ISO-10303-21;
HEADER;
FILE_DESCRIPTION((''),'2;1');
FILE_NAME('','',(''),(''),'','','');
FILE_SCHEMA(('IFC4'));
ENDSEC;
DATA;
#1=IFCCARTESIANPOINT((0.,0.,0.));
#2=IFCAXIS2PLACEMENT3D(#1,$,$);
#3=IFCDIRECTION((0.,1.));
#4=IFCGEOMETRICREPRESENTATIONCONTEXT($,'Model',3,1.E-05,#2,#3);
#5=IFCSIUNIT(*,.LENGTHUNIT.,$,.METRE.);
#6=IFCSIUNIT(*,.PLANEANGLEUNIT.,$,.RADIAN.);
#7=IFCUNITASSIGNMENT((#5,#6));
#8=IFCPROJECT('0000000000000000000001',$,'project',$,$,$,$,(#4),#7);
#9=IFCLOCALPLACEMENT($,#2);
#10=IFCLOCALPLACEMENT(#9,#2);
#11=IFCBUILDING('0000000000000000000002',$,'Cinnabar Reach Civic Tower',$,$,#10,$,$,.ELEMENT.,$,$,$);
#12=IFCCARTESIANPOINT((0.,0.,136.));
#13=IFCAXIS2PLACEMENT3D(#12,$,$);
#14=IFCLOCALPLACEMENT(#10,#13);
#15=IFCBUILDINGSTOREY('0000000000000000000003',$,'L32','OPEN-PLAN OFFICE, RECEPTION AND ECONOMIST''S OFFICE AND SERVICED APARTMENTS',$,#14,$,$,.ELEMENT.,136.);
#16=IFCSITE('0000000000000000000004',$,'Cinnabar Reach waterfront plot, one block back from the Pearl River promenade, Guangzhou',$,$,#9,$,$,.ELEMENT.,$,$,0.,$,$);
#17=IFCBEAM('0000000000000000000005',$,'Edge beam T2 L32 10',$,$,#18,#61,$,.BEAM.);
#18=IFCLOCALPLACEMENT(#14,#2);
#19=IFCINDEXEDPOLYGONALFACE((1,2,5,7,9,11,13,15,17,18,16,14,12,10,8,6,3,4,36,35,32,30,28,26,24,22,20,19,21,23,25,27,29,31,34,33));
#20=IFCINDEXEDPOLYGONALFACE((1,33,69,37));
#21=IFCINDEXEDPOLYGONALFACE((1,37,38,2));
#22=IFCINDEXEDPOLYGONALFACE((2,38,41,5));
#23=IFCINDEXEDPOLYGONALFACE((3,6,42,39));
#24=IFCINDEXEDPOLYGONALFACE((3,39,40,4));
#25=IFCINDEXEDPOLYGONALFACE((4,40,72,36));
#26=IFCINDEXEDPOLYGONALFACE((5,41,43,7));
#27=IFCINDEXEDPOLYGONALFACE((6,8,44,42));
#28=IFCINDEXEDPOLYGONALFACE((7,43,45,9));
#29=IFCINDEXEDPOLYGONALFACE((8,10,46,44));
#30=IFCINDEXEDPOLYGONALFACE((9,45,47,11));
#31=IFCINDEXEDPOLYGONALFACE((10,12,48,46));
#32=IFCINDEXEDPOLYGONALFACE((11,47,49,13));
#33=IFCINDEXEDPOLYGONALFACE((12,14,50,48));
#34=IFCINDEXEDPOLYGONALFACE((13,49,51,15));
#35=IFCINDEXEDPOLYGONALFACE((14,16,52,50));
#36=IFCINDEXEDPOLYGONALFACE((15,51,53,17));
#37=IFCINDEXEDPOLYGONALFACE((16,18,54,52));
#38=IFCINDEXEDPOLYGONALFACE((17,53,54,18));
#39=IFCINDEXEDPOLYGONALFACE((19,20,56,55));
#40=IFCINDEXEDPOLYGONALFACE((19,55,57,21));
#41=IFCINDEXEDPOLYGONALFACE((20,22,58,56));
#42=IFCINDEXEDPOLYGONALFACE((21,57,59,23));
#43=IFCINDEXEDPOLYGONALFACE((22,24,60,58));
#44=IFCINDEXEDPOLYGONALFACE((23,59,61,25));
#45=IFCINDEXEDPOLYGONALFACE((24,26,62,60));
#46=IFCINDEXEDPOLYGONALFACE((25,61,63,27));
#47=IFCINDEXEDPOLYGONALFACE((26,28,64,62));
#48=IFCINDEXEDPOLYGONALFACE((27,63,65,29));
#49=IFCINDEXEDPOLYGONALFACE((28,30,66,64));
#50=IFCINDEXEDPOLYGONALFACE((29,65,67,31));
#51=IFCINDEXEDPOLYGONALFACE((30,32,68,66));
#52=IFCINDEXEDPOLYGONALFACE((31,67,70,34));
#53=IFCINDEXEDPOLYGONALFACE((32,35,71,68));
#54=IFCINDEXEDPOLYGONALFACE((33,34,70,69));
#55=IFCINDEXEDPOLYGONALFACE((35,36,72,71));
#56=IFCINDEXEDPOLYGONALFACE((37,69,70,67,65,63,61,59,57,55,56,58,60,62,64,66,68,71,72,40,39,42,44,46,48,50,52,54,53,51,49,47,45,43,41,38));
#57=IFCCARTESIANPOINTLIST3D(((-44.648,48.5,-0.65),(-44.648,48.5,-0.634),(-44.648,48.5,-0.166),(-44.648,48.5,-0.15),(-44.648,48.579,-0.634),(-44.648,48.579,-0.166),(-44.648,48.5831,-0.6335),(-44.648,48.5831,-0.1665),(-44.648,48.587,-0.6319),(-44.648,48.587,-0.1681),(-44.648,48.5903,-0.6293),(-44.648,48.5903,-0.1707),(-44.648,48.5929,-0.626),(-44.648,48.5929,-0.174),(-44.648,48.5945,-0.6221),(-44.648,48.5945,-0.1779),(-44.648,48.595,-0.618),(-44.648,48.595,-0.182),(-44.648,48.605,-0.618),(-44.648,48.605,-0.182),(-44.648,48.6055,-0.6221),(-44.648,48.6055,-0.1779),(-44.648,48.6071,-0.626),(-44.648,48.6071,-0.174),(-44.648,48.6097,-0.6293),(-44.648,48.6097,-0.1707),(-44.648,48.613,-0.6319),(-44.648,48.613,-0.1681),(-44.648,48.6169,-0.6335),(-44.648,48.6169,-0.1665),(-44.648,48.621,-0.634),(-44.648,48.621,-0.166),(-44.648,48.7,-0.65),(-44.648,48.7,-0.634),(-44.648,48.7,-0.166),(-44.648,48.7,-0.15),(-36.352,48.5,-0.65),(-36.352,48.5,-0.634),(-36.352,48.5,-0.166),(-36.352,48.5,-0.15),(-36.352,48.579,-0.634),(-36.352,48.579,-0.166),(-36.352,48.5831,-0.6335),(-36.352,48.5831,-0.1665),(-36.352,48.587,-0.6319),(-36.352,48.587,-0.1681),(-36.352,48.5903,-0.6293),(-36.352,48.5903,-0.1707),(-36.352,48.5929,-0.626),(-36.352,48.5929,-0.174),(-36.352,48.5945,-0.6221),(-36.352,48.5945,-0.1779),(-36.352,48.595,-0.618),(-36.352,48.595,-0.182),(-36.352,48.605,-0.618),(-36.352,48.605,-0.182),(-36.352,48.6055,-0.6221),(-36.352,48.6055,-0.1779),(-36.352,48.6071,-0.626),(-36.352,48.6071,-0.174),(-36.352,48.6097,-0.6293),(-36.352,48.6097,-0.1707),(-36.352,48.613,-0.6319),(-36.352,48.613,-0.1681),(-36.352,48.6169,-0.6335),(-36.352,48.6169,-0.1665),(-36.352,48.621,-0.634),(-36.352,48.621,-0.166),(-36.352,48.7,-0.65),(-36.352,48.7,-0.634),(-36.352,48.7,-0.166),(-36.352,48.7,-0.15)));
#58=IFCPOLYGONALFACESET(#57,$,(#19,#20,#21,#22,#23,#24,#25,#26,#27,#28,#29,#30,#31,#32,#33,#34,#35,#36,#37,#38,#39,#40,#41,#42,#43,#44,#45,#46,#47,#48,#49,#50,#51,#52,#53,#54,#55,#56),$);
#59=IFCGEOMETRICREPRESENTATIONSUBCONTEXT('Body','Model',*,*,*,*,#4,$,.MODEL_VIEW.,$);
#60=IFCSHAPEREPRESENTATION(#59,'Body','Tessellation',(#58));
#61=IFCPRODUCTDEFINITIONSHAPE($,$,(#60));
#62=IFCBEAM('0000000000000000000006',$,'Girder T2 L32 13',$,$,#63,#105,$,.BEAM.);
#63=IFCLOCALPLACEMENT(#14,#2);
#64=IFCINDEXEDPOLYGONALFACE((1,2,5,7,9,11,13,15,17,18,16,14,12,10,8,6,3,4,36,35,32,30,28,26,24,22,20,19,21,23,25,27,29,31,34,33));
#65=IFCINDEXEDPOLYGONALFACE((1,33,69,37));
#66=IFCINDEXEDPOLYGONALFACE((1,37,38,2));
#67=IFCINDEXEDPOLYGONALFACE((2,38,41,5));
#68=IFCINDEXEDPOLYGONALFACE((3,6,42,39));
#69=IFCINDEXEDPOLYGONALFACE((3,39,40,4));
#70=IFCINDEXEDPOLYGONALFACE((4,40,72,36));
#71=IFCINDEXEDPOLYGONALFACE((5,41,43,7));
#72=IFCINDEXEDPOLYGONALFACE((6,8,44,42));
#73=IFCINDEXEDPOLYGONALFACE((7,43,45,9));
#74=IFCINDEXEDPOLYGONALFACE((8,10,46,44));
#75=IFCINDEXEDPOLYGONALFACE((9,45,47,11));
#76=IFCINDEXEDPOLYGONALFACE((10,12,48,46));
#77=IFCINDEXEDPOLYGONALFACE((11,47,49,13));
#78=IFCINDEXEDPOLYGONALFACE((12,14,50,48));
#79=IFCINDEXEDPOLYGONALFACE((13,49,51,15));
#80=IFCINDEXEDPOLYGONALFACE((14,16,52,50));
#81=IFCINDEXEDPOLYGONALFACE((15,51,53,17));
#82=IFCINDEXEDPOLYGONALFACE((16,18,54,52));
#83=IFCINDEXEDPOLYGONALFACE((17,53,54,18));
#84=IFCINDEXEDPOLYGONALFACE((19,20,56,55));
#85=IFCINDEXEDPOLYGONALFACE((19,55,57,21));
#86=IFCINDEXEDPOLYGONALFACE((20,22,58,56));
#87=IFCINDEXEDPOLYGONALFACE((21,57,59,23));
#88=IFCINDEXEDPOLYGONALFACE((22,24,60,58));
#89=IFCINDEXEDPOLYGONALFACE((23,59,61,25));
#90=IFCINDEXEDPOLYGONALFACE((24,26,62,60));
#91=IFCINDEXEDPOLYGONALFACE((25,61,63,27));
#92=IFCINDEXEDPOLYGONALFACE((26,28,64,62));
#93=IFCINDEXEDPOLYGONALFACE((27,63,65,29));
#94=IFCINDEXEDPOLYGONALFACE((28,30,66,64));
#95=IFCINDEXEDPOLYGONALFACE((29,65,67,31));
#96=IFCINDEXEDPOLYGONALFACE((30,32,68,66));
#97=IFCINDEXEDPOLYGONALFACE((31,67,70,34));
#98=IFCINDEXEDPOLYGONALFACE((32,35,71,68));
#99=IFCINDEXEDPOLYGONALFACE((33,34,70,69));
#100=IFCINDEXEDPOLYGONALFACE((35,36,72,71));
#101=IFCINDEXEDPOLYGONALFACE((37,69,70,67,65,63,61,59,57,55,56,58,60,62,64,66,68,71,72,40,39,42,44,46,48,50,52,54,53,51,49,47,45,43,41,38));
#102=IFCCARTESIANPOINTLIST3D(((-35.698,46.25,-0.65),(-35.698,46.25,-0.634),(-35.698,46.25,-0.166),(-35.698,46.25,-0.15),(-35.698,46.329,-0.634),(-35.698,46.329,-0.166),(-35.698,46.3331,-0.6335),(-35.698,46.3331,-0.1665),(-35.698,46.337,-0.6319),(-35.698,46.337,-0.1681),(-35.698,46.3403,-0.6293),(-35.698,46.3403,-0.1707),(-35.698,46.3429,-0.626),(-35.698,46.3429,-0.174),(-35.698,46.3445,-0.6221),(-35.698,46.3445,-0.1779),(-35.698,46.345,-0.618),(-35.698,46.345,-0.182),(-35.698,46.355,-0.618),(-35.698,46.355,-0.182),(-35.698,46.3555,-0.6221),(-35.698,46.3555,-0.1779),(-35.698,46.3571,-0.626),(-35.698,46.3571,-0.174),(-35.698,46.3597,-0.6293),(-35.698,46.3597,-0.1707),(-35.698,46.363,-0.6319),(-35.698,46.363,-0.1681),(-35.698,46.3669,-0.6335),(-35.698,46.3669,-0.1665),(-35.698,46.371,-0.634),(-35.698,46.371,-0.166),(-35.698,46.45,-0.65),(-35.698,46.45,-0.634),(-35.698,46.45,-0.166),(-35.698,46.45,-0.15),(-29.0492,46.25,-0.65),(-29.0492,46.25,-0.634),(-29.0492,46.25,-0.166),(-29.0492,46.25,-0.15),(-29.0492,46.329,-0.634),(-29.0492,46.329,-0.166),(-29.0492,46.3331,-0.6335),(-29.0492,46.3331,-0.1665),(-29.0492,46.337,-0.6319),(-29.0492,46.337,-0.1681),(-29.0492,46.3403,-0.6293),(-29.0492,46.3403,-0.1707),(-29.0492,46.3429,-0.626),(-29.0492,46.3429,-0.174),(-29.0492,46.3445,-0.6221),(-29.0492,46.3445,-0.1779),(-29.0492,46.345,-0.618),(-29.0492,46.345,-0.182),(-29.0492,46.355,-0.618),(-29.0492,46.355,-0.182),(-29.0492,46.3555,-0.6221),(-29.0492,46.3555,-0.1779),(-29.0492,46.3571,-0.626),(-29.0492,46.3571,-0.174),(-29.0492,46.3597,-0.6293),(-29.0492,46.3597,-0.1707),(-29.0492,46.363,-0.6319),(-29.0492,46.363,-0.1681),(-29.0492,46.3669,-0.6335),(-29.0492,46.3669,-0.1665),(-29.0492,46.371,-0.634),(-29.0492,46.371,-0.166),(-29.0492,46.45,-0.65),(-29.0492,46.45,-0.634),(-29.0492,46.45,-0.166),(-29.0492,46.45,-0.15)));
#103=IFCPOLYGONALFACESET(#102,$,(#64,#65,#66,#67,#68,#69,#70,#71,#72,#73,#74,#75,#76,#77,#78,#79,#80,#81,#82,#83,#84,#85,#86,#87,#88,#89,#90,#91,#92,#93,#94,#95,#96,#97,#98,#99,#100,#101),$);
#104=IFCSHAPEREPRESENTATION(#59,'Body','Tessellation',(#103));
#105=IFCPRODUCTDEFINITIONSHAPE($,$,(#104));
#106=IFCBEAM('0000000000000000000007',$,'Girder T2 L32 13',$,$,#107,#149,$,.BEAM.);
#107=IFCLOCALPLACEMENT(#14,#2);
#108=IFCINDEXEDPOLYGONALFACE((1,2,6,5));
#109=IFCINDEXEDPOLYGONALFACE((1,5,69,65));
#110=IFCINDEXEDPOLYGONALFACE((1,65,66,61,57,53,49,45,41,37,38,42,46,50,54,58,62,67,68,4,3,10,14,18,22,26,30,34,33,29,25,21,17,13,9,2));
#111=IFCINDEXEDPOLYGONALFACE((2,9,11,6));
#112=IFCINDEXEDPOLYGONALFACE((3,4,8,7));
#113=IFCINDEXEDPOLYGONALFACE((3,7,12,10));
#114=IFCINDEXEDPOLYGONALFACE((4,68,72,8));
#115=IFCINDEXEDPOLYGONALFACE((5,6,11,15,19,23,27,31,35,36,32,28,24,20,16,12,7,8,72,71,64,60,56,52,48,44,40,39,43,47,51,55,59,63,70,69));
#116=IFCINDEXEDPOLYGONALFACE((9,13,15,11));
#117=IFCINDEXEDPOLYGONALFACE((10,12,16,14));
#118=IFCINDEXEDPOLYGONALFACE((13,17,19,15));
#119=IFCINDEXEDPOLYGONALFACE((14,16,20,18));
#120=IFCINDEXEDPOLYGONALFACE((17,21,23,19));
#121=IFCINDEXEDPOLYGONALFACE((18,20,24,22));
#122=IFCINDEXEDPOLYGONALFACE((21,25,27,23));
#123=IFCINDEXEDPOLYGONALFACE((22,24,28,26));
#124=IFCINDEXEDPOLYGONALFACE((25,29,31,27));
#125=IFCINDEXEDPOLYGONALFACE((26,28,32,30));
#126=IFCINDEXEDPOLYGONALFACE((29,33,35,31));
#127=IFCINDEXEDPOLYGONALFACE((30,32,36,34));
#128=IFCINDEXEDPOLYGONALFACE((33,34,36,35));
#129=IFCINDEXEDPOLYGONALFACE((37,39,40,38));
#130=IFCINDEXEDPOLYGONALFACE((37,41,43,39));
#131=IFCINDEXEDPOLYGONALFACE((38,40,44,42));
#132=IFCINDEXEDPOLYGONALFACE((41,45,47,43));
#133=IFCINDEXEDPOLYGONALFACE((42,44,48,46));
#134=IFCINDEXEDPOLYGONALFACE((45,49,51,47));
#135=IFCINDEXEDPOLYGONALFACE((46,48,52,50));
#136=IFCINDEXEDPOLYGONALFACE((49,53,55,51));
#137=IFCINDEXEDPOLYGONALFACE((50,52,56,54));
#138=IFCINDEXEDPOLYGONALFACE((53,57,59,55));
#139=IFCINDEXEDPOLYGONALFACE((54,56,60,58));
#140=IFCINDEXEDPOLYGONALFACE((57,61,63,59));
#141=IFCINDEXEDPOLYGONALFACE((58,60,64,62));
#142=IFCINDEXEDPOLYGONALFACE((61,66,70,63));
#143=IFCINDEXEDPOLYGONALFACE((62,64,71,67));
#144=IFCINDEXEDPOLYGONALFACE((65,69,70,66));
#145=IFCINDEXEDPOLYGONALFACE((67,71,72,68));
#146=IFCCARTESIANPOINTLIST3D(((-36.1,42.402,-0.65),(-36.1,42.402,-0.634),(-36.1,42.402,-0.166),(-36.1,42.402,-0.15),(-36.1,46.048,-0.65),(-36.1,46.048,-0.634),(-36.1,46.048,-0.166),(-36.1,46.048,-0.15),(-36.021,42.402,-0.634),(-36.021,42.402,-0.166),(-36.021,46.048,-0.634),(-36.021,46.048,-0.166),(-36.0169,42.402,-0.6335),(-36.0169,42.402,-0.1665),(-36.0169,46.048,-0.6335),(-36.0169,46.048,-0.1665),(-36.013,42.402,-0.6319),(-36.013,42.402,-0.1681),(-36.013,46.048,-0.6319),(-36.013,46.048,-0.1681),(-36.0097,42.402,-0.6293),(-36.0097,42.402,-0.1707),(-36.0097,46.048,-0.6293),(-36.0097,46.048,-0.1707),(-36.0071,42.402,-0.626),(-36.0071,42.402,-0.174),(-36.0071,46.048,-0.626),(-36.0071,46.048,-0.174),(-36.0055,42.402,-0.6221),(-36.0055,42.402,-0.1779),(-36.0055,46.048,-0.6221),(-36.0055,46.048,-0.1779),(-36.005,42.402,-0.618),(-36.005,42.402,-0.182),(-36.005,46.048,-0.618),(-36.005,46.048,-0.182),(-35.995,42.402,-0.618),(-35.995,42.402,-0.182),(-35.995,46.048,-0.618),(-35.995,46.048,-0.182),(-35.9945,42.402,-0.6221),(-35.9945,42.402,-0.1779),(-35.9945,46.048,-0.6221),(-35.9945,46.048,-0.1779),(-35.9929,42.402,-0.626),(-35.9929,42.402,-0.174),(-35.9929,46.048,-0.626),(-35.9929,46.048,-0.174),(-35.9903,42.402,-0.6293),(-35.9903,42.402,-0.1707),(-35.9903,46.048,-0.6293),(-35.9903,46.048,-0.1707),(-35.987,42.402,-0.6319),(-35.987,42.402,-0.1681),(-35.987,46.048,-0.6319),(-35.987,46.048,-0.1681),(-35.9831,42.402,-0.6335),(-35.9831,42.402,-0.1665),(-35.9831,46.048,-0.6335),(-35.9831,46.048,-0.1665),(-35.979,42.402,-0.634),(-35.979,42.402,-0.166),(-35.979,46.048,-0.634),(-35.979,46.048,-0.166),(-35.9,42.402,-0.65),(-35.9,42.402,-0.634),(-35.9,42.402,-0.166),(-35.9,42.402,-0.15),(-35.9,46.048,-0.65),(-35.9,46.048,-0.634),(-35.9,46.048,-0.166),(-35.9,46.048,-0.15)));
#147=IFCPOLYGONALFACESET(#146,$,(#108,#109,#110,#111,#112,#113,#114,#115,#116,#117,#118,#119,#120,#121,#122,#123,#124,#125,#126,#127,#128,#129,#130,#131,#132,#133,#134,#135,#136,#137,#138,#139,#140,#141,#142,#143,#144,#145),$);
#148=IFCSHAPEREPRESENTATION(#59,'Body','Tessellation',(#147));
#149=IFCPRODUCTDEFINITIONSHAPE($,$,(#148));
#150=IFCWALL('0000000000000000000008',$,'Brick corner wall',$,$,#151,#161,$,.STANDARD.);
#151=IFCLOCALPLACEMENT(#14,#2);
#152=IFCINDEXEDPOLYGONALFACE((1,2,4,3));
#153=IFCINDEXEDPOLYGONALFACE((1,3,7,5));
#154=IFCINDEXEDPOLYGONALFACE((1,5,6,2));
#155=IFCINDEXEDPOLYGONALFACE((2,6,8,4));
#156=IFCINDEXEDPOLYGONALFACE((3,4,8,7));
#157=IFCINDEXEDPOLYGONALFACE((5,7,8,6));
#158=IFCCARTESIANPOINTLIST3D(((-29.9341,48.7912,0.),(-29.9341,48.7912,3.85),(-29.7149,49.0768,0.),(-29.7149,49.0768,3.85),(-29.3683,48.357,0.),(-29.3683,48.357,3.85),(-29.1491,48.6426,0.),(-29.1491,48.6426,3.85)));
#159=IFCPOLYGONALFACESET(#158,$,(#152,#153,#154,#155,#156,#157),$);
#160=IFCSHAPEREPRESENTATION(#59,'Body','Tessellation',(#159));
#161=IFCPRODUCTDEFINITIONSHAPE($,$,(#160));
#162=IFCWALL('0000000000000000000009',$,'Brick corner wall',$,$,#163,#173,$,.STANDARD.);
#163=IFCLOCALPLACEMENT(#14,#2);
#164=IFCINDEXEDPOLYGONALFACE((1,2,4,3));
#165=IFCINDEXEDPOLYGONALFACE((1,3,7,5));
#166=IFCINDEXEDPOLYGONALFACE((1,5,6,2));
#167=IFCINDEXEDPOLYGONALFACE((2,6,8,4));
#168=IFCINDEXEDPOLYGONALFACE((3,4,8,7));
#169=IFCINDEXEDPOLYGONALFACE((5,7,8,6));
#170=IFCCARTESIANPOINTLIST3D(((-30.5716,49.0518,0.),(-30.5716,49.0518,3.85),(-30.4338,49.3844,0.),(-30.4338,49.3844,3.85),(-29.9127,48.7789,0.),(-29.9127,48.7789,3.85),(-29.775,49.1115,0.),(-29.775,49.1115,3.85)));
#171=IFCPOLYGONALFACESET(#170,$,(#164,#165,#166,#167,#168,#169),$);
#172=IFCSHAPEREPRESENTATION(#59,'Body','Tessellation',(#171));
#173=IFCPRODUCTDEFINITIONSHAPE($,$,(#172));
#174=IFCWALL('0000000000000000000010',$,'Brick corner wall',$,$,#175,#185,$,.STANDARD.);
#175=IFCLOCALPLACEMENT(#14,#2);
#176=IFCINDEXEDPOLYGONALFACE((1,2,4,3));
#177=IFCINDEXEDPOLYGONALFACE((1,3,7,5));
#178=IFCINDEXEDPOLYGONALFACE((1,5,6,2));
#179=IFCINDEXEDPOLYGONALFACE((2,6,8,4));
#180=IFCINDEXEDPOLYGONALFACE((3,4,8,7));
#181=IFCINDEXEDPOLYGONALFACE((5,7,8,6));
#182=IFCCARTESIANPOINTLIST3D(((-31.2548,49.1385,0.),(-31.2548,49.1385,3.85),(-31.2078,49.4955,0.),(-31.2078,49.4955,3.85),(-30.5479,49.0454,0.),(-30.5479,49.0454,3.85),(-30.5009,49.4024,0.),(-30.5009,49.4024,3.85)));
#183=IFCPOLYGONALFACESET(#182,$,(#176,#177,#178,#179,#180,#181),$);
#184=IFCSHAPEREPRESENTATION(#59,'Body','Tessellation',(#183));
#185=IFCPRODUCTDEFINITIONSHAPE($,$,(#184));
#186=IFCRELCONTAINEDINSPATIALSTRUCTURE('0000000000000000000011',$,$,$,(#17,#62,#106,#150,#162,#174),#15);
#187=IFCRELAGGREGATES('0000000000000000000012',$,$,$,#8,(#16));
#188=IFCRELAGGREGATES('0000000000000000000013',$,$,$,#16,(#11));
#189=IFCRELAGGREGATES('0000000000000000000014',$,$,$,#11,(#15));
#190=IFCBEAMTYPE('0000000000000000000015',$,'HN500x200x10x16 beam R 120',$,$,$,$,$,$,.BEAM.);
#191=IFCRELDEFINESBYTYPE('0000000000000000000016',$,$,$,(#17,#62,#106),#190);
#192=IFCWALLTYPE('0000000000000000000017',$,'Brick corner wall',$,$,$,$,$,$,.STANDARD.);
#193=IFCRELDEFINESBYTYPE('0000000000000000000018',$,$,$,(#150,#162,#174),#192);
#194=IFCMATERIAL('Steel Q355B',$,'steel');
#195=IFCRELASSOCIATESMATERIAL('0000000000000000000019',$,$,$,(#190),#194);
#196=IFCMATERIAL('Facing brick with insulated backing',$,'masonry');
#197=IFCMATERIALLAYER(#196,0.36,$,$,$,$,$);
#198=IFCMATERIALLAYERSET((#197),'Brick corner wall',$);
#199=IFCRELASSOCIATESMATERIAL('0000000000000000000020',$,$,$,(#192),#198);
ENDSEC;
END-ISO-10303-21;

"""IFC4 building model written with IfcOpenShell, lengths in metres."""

from ifc_helpers import new_model, si_unit, direction, frame, frame_2d, origin, origin_2d, place, context, subcontext, project, spatial, rectangle, i_section, extrude, material, layer, layer_set, material_profile, profile_set, type_object, element, save


model = new_model("IFC4")

# Units and contexts
model_context = context("Model", 3, precision=1e-05, world=origin(), true_north=direction((0.0, 1.0)))
body_context = subcontext(model_context, "Body", "Model", "MODEL_VIEW")
ifc_project = project(units=[si_unit("LENGTHUNIT", "METRE"), si_unit("PLANEANGLEUNIT", "RADIAN")], contexts=[model_context])

# Site, building, storey
site_placement = place(None, origin())
site = spatial("IfcSite", under=ifc_project, at=site_placement, Name="Cinnabar Reach waterfront plot, one block back from the Pearl River promenade, Guangzhou", CompositionType="ELEMENT", RefElevation=0.0)
building_placement = place(site_placement, origin())
building = spatial("IfcBuilding", under=site, at=building_placement, Name="Cinnabar Reach Civic Tower", CompositionType="ELEMENT")
storey_placement = place(building_placement, frame((0.0, 0.0, 136.0)))
storey = spatial("IfcBuildingStorey", under=building, at=storey_placement, Name="L32", Description="OPEN-PLAN OFFICE, RECEPTION AND ECONOMIST'S OFFICE AND SERVICED APARTMENTS", CompositionType="ELEMENT", Elevation=136.0)

# Beams
ifc_material_1 = material(Name="Steel Q355B", Category="steel")
ifc_material_profile_1 = material_profile(ifc_material_1, i_section(OverallWidth=0.2, OverallDepth=0.5, WebThickness=0.01, FlangeThickness=0.016, FilletRadius=0.016, at=origin_2d()), Name="HN500x200x10x16")
ifc_profile_set_1 = profile_set([ifc_material_profile_1], Name="Steel Q355B")
beam_type_1 = type_object("IfcBeamType", Name="HN500x200x10x16 beam R 120", PredefinedType="BEAM", material=ifc_profile_set_1)
beam_1_placement = place(storey_placement, frame((-36.352, 48.6, -0.4), z_axis=(-1.0, 0.0, 0.0), x_axis=(0.0, -1.0, 0.0)))
element("IfcBeam", 1, at=beam_1_placement, inside=storey, type_object=beam_type_1, Name="Edge beam T2 L32 10", PredefinedType="BEAM", context=body_context, shape_type="SweptSolid", body=[
    extrude(i_section(OverallWidth=0.2, OverallDepth=0.5, WebThickness=0.01, FlangeThickness=0.016, FilletRadius=0.016, at=origin_2d()), origin(), (0.0, 0.0, 1.0), 8.296),
])
beam_2_placement = place(storey_placement, frame((-35.698, 46.35, -0.4), z_axis=(1.0, 0.0, 0.0), x_axis=(0.0, 1.0, 0.0)))
element("IfcBeam", 2, at=beam_2_placement, inside=storey, type_object=beam_type_1, Name="Girder T2 L32 13", PredefinedType="BEAM", context=body_context, shape_type="SweptSolid", body=[
    extrude(i_section(OverallWidth=0.2, OverallDepth=0.5, WebThickness=0.01, FlangeThickness=0.016, FilletRadius=0.016, at=origin_2d()), origin(), (0.0, 0.0, 1.0), 6.6488),
])
beam_3_placement = place(storey_placement, frame((-36.0, 42.402, -0.4), z_axis=(0.0, 1.0, 0.0), x_axis=(-1.0, 0.0, 0.0)))
element("IfcBeam", 3, at=beam_3_placement, inside=storey, type_object=beam_type_1, Name="Girder T2 L32 13", PredefinedType="BEAM", context=body_context, shape_type="SweptSolid", body=[
    extrude(i_section(OverallWidth=0.2, OverallDepth=0.5, WebThickness=0.01, FlangeThickness=0.016, FilletRadius=0.016, at=origin_2d()), origin(), (0.0, 0.0, 1.0), 3.646),
])

# Walls
ifc_material_2 = material(Name="Facing brick with insulated backing", Category="masonry")
ifc_layer_1 = layer(ifc_material_2, 0.36)
ifc_layer_set_1 = layer_set([ifc_layer_1], Name="Brick corner wall")
wall_type_1 = type_object("IfcWallType", Name="Brick corner wall", PredefinedType="STANDARD", material=ifc_layer_set_1)
wall_1_placement = place(storey_placement, frame((-29.2587, 48.4998, 0.0), z_axis=(0.0, 0.0, 1.0), x_axis=(-0.793322, 0.608802, 0.0)))
element("IfcWall", 4, at=wall_1_placement, inside=storey, type_object=wall_type_1, Name="Brick corner wall", PredefinedType="STANDARD", context=body_context, shape_type="SweptSolid", body=[
    extrude(rectangle(XDim=0.7132, YDim=0.36, at=frame_2d((0.3566, 0.0))), origin(), (0.0, 0.0, 1.0), 3.85),
])
for number, where, z_axis, x_axis, name in (
    (5, (-29.8439, 48.9452, 0.0), (0.0, 0.0, 1.0), (-0.923872, 0.382703, 0.0), "Brick corner wall"),
    (6, (-30.5244, 49.2239, 0.0), (0.0, 0.0, 1.0), (-0.991441, 0.130556, 0.0), "Brick corner wall"),
):
    element("IfcWall", number, at=place(storey_placement, frame(where, z_axis=z_axis, x_axis=x_axis)), inside=storey, type_object=wall_type_1, Name=name, PredefinedType="STANDARD", context=body_context, shape_type="SweptSolid", body=[
        extrude(rectangle(XDim=0.7131, YDim=0.36, at=frame_2d((0.3565, 0.0))), origin(), (0.0, 0.0, 1.0), 3.85),
    ])

save(model, "model.ifc")
